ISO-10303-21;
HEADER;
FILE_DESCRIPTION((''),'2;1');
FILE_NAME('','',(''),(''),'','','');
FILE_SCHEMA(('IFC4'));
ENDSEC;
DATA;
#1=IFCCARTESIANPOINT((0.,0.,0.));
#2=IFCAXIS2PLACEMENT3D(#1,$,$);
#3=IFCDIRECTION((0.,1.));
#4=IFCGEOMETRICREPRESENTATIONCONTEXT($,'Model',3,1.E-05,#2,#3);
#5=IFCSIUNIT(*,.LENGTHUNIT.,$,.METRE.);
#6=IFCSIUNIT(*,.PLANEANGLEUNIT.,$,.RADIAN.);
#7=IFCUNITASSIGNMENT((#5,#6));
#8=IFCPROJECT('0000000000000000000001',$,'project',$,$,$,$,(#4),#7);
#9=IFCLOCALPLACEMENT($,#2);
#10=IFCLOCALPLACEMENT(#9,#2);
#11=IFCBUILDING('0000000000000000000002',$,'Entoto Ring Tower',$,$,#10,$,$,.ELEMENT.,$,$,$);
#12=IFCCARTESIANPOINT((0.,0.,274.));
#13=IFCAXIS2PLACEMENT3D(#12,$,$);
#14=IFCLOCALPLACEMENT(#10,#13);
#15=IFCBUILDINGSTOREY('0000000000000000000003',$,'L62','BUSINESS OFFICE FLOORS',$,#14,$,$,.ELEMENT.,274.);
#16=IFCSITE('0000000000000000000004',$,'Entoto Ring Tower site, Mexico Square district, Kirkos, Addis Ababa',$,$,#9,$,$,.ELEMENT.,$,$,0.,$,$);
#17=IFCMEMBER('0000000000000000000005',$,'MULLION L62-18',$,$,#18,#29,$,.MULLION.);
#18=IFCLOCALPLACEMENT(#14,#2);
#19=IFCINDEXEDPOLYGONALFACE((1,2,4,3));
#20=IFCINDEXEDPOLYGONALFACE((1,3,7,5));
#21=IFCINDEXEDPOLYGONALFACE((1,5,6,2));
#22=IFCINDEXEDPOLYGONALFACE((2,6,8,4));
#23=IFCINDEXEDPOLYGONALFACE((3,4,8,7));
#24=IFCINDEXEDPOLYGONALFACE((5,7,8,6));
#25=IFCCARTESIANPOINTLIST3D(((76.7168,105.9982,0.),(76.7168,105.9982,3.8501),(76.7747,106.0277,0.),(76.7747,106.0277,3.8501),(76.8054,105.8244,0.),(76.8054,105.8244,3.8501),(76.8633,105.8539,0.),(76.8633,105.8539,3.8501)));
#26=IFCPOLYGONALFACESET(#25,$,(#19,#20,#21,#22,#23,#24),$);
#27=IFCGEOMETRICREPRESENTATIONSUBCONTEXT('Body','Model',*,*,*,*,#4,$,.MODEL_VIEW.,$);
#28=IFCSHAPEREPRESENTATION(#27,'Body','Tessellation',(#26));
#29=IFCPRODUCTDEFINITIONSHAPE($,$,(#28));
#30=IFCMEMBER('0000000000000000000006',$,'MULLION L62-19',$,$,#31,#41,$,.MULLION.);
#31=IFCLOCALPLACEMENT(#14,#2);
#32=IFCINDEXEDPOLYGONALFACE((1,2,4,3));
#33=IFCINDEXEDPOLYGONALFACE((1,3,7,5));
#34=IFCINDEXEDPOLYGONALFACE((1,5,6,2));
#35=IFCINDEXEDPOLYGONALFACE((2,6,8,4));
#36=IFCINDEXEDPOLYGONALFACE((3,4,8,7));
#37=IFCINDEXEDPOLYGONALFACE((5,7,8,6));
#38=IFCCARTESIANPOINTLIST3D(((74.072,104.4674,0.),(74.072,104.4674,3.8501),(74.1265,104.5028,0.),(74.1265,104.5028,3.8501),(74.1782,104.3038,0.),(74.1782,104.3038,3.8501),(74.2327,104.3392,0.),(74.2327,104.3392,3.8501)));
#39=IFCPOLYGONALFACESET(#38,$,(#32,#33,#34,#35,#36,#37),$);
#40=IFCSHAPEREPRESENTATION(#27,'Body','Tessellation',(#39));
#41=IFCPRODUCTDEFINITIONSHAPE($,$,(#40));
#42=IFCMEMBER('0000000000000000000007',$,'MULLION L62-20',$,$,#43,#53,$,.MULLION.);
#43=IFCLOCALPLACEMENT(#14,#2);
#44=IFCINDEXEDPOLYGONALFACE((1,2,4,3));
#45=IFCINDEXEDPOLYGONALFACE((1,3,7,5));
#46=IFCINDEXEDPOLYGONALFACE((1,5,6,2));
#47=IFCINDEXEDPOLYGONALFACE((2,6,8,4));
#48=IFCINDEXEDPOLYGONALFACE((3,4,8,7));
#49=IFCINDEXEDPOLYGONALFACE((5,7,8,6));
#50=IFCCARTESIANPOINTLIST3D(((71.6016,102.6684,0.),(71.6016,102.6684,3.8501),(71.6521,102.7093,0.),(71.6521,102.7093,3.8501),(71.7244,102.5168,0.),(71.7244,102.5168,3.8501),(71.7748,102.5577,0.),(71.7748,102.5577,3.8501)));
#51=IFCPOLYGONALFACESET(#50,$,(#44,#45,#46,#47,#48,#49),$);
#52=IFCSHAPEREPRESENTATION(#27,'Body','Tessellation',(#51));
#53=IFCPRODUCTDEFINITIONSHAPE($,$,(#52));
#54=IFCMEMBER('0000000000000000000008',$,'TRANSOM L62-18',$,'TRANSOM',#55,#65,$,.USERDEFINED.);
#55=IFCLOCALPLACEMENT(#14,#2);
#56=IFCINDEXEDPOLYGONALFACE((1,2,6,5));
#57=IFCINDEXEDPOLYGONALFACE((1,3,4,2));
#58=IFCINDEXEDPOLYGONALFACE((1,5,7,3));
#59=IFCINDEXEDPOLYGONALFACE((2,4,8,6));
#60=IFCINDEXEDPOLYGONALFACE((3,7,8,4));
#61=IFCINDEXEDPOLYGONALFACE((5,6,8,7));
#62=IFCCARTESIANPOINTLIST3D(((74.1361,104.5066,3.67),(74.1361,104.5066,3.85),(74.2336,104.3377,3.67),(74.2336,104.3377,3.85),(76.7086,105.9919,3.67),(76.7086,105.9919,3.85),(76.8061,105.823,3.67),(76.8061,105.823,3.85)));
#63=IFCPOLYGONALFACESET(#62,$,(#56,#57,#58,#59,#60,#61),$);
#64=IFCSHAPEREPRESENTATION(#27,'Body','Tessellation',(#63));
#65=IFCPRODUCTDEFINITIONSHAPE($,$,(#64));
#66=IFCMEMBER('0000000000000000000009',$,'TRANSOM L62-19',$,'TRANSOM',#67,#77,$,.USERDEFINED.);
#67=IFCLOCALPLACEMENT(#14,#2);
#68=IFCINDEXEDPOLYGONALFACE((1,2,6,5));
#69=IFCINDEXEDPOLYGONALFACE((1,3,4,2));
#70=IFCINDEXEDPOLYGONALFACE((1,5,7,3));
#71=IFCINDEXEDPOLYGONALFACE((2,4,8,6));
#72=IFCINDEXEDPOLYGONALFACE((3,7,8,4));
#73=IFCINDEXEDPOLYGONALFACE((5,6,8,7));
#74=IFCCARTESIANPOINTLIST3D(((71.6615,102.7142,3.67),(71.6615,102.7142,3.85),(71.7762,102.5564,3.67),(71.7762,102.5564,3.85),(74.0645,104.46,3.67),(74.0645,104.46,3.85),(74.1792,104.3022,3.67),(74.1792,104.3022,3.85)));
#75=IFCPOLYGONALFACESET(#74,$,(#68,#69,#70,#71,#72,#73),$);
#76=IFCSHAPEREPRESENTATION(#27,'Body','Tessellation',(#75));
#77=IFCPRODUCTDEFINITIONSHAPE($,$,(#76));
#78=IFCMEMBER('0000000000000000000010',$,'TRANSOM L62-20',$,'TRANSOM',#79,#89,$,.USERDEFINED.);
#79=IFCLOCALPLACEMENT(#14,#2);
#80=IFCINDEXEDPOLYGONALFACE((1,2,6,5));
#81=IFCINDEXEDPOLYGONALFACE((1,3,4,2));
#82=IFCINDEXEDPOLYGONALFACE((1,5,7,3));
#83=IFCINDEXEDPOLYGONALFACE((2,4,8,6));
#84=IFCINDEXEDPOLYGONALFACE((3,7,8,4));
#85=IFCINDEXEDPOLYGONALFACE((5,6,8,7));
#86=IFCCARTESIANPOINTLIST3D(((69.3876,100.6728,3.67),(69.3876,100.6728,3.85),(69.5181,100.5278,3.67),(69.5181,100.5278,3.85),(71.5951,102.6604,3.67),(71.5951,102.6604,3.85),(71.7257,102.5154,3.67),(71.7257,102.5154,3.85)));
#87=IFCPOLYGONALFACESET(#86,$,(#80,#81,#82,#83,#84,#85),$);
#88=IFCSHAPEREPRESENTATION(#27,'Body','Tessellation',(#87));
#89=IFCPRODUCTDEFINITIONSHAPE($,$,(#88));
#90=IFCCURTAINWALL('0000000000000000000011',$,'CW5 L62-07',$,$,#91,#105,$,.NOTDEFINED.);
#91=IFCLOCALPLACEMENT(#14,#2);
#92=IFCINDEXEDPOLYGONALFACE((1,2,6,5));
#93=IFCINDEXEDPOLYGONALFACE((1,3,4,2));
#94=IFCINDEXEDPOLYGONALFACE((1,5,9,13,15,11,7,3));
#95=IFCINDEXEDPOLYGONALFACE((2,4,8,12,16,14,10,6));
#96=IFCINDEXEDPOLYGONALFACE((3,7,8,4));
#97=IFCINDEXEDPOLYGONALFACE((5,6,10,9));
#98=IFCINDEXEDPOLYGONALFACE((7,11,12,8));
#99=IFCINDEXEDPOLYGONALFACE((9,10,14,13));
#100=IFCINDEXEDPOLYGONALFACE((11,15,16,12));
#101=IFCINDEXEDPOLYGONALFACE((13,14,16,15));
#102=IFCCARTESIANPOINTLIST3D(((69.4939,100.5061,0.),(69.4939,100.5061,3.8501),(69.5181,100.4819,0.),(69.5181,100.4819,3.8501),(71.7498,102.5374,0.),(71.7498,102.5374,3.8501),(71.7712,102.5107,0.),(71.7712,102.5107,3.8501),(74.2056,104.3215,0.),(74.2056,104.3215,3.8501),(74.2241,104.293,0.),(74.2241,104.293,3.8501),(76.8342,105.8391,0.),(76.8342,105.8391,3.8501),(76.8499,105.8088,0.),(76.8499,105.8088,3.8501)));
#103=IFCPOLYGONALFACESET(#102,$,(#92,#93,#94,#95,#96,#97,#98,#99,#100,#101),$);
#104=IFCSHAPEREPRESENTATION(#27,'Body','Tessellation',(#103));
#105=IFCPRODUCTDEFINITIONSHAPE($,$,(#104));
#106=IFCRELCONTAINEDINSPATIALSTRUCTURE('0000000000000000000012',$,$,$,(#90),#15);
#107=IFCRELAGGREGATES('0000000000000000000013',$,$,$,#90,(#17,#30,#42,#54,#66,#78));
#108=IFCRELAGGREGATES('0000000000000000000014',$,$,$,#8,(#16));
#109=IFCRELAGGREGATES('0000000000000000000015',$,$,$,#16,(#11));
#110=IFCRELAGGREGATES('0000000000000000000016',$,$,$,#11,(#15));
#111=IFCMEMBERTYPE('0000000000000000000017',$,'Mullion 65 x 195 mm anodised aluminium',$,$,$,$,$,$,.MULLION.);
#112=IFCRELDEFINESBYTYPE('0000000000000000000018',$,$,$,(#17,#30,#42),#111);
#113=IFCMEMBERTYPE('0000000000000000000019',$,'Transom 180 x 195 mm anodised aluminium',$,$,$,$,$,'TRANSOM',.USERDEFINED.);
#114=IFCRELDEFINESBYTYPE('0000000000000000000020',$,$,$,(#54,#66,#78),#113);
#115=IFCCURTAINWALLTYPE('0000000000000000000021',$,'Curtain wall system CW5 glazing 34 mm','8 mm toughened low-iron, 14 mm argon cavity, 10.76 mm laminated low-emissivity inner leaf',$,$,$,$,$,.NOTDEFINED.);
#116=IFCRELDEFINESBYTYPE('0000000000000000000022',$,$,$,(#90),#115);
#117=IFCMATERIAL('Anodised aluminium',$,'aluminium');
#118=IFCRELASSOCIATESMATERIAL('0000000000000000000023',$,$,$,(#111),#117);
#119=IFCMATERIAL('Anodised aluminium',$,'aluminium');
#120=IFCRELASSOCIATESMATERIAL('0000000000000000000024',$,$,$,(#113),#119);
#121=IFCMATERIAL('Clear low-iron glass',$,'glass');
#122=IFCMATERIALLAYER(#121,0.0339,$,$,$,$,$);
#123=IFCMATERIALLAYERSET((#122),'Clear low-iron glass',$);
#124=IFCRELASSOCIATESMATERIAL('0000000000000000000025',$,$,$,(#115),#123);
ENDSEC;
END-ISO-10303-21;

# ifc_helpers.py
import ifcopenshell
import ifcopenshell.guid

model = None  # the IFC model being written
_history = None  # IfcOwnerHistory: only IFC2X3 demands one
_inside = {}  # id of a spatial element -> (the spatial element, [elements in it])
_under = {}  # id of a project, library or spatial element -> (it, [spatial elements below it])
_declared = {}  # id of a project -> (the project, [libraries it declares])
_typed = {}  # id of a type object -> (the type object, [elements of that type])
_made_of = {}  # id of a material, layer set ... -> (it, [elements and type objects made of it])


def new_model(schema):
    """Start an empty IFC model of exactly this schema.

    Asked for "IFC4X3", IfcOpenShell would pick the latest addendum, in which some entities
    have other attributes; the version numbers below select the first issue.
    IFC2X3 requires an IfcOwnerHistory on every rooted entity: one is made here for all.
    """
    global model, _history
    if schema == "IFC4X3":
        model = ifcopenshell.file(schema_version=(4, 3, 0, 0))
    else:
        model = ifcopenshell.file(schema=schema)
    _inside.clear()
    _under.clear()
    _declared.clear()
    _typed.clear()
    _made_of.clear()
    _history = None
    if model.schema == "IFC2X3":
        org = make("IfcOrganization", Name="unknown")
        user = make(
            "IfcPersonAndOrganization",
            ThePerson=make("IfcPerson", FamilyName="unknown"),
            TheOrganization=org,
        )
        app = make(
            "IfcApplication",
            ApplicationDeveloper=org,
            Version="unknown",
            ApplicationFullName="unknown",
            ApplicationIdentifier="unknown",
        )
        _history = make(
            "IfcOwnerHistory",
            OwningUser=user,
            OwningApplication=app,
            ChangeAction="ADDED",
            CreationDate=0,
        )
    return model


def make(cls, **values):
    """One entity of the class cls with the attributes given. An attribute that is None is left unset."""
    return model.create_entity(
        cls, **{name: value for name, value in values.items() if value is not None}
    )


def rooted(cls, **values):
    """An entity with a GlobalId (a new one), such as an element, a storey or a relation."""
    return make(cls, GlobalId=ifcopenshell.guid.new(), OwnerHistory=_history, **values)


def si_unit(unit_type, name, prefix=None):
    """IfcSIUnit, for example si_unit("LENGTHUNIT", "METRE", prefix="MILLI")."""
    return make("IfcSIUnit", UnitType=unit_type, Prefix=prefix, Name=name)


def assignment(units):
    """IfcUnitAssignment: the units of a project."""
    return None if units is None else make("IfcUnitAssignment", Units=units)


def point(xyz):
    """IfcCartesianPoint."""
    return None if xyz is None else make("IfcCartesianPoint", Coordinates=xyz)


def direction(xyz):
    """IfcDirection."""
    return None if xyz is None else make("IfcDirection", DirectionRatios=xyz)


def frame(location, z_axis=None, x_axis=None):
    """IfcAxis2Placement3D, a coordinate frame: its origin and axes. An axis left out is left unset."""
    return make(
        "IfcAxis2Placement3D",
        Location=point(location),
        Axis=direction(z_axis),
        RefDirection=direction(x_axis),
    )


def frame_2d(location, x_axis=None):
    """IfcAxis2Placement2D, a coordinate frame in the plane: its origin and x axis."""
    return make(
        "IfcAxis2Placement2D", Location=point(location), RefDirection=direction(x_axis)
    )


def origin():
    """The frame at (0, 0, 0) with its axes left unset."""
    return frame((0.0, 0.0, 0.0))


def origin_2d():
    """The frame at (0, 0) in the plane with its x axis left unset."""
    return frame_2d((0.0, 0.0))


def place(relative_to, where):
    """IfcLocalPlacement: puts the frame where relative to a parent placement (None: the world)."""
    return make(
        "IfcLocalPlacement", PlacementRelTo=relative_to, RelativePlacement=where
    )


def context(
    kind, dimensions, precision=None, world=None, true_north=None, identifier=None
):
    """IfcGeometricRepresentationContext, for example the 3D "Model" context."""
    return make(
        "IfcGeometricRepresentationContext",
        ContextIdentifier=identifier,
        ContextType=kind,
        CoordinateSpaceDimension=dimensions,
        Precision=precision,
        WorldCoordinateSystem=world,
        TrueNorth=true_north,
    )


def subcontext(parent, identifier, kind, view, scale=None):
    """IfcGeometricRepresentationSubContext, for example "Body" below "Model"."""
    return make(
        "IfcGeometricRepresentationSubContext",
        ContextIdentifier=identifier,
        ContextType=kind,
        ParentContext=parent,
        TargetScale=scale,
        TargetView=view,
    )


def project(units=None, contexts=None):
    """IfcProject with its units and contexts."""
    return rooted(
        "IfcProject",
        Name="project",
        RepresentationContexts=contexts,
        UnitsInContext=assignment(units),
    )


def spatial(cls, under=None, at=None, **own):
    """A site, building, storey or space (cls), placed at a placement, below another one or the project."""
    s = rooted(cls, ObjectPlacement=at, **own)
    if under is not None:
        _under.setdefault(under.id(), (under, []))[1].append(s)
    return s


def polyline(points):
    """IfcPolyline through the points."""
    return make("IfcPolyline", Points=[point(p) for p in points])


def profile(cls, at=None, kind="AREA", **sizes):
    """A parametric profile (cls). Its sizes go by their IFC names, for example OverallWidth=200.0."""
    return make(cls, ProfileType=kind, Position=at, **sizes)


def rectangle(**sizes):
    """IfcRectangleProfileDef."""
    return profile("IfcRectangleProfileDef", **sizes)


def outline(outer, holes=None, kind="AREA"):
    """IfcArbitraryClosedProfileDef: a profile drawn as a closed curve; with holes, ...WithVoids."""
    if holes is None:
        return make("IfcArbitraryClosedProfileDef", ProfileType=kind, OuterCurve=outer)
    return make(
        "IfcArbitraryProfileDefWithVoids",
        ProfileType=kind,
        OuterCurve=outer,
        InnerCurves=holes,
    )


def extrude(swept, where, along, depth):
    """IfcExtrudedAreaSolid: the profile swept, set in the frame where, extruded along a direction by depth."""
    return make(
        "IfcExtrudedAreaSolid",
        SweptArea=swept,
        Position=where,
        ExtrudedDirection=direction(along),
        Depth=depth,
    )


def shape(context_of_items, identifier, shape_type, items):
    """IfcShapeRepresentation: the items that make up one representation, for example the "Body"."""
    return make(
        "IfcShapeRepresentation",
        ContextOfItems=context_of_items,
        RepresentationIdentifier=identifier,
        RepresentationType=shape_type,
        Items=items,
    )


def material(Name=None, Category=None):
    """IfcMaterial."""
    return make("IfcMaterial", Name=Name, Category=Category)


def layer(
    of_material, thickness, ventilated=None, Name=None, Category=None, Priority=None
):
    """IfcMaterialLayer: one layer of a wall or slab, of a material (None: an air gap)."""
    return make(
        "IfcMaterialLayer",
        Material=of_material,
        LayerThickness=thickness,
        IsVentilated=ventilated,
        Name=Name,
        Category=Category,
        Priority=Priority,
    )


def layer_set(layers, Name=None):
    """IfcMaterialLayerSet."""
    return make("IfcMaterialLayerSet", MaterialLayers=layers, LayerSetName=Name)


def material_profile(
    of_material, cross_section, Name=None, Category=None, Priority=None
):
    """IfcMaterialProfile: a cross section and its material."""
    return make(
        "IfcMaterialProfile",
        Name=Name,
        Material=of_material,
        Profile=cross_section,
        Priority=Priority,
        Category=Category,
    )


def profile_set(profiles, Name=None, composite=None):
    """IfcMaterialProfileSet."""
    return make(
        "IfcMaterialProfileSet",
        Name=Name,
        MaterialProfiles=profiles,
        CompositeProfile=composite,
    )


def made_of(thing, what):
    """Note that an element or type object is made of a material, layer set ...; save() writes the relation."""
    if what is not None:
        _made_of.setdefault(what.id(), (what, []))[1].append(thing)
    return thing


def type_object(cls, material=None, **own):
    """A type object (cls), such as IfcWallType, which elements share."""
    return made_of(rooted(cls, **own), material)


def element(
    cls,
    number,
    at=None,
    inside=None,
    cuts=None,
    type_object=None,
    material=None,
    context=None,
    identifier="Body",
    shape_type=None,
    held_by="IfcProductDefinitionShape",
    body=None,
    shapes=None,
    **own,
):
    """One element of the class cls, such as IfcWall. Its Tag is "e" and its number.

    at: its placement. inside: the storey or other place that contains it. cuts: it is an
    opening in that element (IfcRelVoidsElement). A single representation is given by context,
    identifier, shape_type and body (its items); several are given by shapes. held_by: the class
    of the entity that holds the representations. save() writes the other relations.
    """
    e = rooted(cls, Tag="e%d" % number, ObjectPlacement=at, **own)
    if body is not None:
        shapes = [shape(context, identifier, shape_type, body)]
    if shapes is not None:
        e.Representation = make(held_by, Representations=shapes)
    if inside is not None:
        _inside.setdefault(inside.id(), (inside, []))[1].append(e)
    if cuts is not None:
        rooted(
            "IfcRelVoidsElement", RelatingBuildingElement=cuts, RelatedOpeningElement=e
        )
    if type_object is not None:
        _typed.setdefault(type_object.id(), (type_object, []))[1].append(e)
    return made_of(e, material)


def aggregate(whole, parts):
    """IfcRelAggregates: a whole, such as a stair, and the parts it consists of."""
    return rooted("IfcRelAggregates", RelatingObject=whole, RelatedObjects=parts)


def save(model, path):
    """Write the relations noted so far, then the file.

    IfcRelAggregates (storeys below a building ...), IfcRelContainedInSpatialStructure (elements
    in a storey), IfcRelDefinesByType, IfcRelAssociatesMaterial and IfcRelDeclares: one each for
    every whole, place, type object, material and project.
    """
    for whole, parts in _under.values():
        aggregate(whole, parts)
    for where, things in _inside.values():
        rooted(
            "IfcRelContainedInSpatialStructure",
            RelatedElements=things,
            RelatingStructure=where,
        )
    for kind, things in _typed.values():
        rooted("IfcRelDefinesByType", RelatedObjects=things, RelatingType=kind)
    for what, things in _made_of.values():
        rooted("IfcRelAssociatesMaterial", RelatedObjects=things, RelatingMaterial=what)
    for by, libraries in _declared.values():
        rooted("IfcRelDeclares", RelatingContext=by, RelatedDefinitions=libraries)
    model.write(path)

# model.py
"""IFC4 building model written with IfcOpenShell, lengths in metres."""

from ifc_helpers import new_model, si_unit, direction, frame, origin, origin_2d, place, context, subcontext, project, spatial, polyline, rectangle, outline, extrude, material, layer, layer_set, material_profile, profile_set, type_object, element, aggregate, save


model = new_model("IFC4")

# Units and contexts
model_context = context("Model", 3, precision=1e-05, world=origin(), true_north=direction((0.0, 1.0)))
body_context = subcontext(model_context, "Body", "Model", "MODEL_VIEW")
ifc_project = project(units=[si_unit("LENGTHUNIT", "METRE"), si_unit("PLANEANGLEUNIT", "RADIAN")], contexts=[model_context])

# Members
ifc_material_1 = material(Name="Anodised aluminium", Category="aluminium")
ifc_material_profile_1 = material_profile(ifc_material_1, rectangle(XDim=0.0649, YDim=0.1951, at=origin_2d()), Name="Mullion 65 x 195 mm anodised aluminium")
ifc_profile_set_1 = profile_set([ifc_material_profile_1], Name="Anodised aluminium")
member_type_1 = type_object("IfcMemberType", Name="Mullion 65 x 195 mm anodised aluminium", PredefinedType="MULLION", material=ifc_profile_set_1)
site_placement = place(None, origin())
building_placement = place(site_placement, origin())
storey_placement = place(building_placement, frame((0.0, 0.0, 274.0)))
member_1_placement = place(storey_placement, frame((76.79, 105.926, 0.0), z_axis=(0.0, 0.0, 1.0), x_axis=(-0.891007, -0.45399, 0.0)))
member_1 = element("IfcMember", 1, at=member_1_placement, type_object=member_type_1, Name="MULLION L62-18", PredefinedType="MULLION", context=body_context, shape_type="SweptSolid", body=[
    extrude(rectangle(XDim=0.0649, YDim=0.1951, at=origin_2d()), origin(), (0.0, 0.0, 1.0), 3.8501),
])
member_2_placement = place(storey_placement, frame((74.1523, 104.4033, 0.0), z_axis=(0.0, 0.0, 1.0), x_axis=(-0.838671, -0.544639, 0.0)))
member_2 = element("IfcMember", 2, at=member_2_placement, type_object=member_type_1, Name="MULLION L62-19", PredefinedType="MULLION", context=body_context, shape_type="SweptSolid", body=[
    extrude(rectangle(XDim=0.0649, YDim=0.1951, at=origin_2d()), origin(), (0.0, 0.0, 1.0), 3.8501),
])
member_3_placement = place(storey_placement, frame((71.6882, 102.613, 0.0), z_axis=(0.0, 0.0, 1.0), x_axis=(-0.777146, -0.62932, 0.0)))
member_3 = element("IfcMember", 3, at=member_3_placement, type_object=member_type_1, Name="MULLION L62-20", PredefinedType="MULLION", context=body_context, shape_type="SweptSolid", body=[
    extrude(rectangle(XDim=0.0649, YDim=0.1951, at=origin_2d()), origin(), (0.0, 0.0, 1.0), 3.8501),
])
ifc_material_2 = material(Name="Anodised aluminium", Category="aluminium")
ifc_material_profile_2 = material_profile(ifc_material_2, rectangle(XDim=0.1951, YDim=0.1799, at=origin_2d()), Name="Transom 180 x 195 mm anodised aluminium")
ifc_profile_set_2 = profile_set([ifc_material_profile_2], Name="Anodised aluminium")
member_type_2 = type_object("IfcMemberType", Name="Transom 180 x 195 mm anodised aluminium", ElementType="TRANSOM", PredefinedType="USERDEFINED", material=ifc_profile_set_2)
member_4_placement = place(storey_placement, frame((76.7573, 105.9075, 3.76), z_axis=(-0.866009, -0.500028, 0.0), x_axis=(0.500028, -0.866009, 0.0)))
member_4 = element("IfcMember", 4, at=member_4_placement, type_object=member_type_2, Name="TRANSOM L62-18", ObjectType="TRANSOM", PredefinedType="USERDEFINED", context=body_context, shape_type="SweptSolid", body=[
    extrude(rectangle(XDim=0.1951, YDim=0.1799, at=origin_2d()), origin(), (0.0, 0.0, 1.0), 2.9705),
])
member_5_placement = place(storey_placement, frame((74.1218, 104.3811, 3.76), z_axis=(-0.809031, -0.587766, 0.0), x_axis=(0.587766, -0.809031, 0.0)))
member_5 = element("IfcMember", 5, at=member_5_placement, type_object=member_type_2, Name="TRANSOM L62-19", ObjectType="TRANSOM", PredefinedType="USERDEFINED", context=body_context, shape_type="SweptSolid", body=[
    extrude(rectangle(XDim=0.1951, YDim=0.1799, at=origin_2d()), origin(), (0.0, 0.0, 1.0), 2.9702),
])
member_6_placement = place(storey_placement, frame((71.6604, 102.5879, 3.76), z_axis=(-0.743163, -0.66911, 0.0), x_axis=(0.66911, -0.743163, 0.0)))
member_6 = element("IfcMember", 6, at=member_6_placement, type_object=member_type_2, Name="TRANSOM L62-20", ObjectType="TRANSOM", PredefinedType="USERDEFINED", context=body_context, shape_type="SweptSolid", body=[
    extrude(rectangle(XDim=0.1951, YDim=0.1799, at=origin_2d()), origin(), (0.0, 0.0, 1.0), 2.9705),
])

# Site, building, storey
site = spatial("IfcSite", under=ifc_project, at=site_placement, Name="Entoto Ring Tower site, Mexico Square district, Kirkos, Addis Ababa", CompositionType="ELEMENT", RefElevation=0.0)
building = spatial("IfcBuilding", under=site, at=building_placement, Name="Entoto Ring Tower", CompositionType="ELEMENT")
storey = spatial("IfcBuildingStorey", under=building, at=storey_placement, Name="L62", Description="BUSINESS OFFICE FLOORS", CompositionType="ELEMENT", Elevation=274.0)

# Curtain wall
ifc_material_3 = material(Name="Clear low-iron glass", Category="glass")
ifc_layer = layer(ifc_material_3, 0.0339)
ifc_layer_set = layer_set([ifc_layer], Name="Clear low-iron glass")
curtain_wall_type = type_object("IfcCurtainWallType", Name="Curtain wall system CW5 glazing 34 mm", Description="8 mm toughened low-iron, 14 mm argon cavity, 10.76 mm laminated low-emissivity inner leaf", PredefinedType="NOTDEFINED", material=ifc_layer_set)
curtain_wall_1_placement = place(storey_placement, origin())
curtain_wall_1 = element("IfcCurtainWall", 7, at=curtain_wall_1_placement, inside=storey, type_object=curtain_wall_type, Name="CW5 L62-07", PredefinedType="NOTDEFINED", context=body_context, shape_type="SweptSolid", body=[
    extrude(outline(polyline([(76.8342, 105.8391), (74.2056, 104.3215), (71.7498, 102.5374), (69.4939, 100.5061), (69.5181, 100.4819), (71.7712, 102.5107), (74.2241, 104.293), (76.8499, 105.8088), (76.8342, 105.8391)])), origin(), (0.0, 0.0, 1.0), 3.8501),
])
aggregate(curtain_wall_1, [member_1, member_2, member_3, member_4, member_5, member_6])

save(model, "model.ifc")
